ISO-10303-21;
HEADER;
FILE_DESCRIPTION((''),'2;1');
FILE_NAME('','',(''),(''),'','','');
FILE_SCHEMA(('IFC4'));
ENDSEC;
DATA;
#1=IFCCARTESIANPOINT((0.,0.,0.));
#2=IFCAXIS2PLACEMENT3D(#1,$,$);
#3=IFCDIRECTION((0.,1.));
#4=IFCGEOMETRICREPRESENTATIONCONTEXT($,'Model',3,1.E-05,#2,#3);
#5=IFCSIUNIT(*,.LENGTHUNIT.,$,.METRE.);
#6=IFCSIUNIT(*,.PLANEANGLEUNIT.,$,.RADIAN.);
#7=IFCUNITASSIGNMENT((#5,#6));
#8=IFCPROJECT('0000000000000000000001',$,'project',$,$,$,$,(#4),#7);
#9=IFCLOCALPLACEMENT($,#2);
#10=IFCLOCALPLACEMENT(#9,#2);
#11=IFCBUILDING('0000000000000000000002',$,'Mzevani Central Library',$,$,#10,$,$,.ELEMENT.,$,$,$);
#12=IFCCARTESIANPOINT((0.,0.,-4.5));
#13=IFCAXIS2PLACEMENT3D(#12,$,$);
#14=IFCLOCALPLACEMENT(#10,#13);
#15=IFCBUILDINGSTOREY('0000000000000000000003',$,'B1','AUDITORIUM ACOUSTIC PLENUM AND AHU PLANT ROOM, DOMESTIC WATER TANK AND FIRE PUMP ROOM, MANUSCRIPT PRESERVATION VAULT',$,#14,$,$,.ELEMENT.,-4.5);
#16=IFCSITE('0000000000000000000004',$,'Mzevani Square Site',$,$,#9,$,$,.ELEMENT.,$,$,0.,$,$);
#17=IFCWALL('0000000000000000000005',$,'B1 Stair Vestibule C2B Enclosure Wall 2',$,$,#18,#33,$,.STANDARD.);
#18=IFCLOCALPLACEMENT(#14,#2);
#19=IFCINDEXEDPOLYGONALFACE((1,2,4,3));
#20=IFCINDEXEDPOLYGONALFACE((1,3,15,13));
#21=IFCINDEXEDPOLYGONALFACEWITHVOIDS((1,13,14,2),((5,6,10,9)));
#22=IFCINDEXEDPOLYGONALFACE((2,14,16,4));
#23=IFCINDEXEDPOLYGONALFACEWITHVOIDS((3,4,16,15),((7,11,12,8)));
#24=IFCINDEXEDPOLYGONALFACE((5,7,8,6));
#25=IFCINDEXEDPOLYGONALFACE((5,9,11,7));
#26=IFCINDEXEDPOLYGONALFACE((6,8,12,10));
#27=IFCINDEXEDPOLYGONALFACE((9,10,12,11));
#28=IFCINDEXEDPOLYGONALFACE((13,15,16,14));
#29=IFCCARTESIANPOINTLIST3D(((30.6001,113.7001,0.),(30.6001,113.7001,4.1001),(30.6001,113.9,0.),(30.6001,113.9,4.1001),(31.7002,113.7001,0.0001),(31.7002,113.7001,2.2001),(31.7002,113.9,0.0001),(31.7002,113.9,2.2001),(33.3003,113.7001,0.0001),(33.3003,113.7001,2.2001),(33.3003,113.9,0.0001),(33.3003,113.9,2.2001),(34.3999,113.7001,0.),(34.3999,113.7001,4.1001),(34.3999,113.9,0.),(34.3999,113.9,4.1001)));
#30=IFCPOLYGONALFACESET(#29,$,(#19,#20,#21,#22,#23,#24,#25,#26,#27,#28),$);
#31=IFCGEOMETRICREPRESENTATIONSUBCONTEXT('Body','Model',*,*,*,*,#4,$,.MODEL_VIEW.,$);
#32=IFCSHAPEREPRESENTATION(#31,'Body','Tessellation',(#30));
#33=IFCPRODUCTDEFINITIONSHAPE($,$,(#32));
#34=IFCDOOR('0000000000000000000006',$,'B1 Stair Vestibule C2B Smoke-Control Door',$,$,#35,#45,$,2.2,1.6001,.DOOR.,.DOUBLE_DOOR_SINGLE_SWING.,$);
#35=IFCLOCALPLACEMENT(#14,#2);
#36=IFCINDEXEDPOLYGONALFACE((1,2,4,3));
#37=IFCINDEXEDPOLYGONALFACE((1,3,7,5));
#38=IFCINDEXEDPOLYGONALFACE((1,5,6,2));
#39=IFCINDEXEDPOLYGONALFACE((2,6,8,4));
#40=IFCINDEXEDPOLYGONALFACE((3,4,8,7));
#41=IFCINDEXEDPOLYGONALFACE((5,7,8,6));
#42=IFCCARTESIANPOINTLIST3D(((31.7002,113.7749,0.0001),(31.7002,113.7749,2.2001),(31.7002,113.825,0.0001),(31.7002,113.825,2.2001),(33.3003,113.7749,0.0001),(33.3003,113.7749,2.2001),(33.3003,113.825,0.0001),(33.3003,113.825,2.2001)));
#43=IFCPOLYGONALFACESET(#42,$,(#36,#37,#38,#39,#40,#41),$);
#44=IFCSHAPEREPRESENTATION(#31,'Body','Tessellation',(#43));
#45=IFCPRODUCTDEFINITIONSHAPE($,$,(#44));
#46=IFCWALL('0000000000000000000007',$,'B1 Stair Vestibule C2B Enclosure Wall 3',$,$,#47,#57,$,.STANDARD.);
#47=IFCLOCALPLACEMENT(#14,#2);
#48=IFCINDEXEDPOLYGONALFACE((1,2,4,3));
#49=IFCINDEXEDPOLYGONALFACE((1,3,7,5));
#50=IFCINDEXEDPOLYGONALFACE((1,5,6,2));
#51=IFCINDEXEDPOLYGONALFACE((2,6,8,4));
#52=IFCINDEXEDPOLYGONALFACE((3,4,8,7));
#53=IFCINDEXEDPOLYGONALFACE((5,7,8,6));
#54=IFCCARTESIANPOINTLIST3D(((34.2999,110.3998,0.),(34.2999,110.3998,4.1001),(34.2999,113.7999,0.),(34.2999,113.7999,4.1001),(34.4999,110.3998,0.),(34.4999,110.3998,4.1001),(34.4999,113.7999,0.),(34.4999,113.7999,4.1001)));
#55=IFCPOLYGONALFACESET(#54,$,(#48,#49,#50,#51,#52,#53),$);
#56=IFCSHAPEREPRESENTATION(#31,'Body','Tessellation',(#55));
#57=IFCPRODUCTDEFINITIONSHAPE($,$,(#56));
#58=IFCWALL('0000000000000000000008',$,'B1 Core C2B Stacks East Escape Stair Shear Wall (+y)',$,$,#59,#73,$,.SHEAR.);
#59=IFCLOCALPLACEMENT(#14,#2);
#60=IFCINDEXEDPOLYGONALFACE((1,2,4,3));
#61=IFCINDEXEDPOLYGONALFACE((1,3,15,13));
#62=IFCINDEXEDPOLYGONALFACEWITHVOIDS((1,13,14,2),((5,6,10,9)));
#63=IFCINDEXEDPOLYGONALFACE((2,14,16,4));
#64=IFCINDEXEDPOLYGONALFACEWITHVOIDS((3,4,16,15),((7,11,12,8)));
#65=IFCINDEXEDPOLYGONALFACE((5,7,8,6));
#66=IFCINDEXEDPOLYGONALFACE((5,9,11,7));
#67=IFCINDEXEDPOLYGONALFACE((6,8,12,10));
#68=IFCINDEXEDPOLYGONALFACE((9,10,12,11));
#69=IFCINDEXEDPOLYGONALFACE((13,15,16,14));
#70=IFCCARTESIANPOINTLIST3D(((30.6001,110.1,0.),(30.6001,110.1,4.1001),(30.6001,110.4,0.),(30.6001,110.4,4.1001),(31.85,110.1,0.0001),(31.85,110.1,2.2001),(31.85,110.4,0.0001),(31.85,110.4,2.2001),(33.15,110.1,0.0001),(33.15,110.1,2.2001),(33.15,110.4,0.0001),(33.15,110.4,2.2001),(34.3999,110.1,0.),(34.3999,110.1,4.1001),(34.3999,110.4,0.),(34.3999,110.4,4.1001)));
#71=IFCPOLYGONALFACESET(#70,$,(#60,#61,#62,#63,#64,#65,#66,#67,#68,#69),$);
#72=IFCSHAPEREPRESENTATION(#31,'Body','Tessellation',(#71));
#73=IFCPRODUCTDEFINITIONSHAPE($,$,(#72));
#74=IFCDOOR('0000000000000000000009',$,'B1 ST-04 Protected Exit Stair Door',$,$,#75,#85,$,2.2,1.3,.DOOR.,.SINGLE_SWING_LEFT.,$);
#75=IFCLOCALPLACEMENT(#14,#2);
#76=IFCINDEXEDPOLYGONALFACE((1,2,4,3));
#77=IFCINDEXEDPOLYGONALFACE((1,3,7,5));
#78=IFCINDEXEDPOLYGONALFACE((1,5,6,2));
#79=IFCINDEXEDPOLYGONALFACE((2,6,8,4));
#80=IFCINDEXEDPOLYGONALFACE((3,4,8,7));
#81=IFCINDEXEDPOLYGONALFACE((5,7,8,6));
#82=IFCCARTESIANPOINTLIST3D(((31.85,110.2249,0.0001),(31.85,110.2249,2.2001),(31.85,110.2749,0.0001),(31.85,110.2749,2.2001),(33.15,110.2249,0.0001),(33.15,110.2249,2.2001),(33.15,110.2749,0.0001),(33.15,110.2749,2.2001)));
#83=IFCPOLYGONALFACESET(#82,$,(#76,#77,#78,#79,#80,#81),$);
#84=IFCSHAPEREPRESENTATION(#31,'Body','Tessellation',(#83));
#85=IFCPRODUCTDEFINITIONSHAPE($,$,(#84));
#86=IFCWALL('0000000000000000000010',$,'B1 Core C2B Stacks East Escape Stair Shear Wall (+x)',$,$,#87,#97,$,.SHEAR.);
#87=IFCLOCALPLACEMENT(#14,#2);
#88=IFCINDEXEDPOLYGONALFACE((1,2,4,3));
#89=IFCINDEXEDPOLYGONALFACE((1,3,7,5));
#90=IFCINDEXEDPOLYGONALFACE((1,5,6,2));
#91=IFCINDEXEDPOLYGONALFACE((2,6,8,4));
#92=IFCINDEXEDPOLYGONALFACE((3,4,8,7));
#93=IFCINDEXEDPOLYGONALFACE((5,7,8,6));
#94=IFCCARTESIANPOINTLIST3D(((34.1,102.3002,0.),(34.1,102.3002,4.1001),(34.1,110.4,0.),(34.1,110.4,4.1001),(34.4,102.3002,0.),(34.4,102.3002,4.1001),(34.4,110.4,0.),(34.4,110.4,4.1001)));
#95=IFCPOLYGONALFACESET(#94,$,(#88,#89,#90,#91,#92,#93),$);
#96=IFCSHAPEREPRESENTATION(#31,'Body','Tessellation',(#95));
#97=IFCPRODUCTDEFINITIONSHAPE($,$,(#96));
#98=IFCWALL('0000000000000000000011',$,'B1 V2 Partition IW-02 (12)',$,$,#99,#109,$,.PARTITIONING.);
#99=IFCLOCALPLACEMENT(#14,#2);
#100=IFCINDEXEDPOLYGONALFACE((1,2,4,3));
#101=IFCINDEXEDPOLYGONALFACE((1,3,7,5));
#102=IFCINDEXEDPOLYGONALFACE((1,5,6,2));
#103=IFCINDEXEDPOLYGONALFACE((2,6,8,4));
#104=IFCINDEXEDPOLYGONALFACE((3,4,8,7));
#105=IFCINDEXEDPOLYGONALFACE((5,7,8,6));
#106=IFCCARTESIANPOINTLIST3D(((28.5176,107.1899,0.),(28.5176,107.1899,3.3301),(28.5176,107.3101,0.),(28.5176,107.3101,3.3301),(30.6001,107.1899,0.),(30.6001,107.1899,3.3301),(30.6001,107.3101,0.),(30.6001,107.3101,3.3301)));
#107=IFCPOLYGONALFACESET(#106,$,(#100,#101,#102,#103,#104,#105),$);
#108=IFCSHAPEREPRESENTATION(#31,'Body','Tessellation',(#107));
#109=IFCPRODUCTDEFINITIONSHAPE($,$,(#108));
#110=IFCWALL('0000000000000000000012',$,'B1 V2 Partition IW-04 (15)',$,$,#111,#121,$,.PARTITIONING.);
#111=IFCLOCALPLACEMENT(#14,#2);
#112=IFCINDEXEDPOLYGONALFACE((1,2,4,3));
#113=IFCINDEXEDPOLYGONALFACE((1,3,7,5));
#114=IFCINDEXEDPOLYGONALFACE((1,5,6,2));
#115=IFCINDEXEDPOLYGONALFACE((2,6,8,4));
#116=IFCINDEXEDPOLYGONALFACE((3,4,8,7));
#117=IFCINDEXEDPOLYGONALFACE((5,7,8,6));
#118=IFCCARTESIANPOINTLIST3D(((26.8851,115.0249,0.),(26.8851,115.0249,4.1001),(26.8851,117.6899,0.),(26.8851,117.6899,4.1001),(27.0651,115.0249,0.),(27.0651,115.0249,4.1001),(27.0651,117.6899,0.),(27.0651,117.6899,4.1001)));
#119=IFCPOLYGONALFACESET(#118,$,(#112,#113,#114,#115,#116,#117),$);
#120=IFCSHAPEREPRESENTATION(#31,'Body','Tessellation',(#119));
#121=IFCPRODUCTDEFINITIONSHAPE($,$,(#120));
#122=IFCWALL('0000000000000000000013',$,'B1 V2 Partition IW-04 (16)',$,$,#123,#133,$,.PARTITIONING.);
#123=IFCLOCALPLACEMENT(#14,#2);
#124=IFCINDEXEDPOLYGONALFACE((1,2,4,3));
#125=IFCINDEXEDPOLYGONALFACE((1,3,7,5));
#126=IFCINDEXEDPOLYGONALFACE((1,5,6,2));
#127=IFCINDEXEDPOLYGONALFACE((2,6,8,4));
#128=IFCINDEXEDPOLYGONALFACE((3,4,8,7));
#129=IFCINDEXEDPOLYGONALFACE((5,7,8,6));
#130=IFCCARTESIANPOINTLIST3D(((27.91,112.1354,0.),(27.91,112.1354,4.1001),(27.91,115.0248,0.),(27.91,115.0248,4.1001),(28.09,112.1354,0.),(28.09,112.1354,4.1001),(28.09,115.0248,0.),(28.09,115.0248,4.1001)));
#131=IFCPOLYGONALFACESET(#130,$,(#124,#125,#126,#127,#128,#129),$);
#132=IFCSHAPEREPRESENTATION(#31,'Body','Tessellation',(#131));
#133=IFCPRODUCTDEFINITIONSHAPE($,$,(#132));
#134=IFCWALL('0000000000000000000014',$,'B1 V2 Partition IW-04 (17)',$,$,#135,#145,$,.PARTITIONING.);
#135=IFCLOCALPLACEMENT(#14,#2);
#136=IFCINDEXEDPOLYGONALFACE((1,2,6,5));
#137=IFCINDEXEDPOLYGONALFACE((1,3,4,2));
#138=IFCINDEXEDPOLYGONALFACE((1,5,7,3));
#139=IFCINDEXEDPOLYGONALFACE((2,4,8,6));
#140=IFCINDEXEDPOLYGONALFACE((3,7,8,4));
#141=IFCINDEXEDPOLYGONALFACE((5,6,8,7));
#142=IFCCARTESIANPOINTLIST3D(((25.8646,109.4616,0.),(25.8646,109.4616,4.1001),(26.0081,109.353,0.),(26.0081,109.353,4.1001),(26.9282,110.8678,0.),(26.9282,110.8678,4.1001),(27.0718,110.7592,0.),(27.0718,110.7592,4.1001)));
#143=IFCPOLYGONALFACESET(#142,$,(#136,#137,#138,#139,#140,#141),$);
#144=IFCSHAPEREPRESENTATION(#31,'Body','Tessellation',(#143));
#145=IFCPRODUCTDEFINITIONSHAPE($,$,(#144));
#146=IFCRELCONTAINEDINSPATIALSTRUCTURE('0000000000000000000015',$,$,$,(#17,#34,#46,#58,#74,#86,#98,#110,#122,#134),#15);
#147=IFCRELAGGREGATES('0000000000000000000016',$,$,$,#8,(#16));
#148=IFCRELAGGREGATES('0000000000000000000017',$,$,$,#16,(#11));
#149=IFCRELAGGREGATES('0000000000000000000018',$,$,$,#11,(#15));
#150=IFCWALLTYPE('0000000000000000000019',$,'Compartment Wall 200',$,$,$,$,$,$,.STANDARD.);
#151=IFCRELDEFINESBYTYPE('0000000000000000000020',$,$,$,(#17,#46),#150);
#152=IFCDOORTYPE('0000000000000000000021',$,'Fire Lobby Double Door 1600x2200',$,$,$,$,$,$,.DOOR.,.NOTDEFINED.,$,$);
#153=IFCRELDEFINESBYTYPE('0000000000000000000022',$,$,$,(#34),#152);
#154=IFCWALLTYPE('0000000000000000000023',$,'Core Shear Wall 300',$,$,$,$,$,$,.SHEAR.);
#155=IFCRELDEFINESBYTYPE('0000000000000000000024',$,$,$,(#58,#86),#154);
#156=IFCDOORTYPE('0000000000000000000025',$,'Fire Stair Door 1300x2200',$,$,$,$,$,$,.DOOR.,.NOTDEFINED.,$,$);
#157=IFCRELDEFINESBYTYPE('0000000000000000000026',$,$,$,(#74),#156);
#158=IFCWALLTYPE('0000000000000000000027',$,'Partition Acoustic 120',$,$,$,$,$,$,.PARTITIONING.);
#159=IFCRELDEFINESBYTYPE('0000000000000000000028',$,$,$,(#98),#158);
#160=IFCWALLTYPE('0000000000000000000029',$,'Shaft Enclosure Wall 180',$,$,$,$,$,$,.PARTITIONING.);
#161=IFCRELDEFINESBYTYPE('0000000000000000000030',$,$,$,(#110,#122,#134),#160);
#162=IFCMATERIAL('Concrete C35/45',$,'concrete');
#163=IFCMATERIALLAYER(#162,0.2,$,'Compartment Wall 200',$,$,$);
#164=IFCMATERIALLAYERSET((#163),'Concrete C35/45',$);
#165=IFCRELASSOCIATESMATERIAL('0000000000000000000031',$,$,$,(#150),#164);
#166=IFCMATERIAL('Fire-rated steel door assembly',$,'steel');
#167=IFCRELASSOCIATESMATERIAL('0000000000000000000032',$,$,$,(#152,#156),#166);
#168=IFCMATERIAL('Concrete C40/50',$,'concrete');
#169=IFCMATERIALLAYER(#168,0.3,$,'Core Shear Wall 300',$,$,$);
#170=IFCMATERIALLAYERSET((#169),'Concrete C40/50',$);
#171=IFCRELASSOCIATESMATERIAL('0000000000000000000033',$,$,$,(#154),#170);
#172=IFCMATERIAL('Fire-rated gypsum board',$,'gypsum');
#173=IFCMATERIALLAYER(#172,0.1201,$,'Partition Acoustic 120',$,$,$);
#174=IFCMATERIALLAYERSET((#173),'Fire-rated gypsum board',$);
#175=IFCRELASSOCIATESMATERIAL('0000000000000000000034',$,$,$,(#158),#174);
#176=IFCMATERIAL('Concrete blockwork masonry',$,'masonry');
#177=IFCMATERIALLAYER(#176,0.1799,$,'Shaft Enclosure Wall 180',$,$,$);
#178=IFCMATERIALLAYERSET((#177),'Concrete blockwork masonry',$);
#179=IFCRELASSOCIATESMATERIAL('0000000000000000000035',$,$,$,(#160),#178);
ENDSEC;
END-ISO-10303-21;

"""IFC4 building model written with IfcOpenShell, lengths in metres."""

from ifc_helpers import new_model, si_unit, direction, frame, frame_2d, origin, place, context, subcontext, project, spatial, rectangle, extrude, material, layer, layer_set, type_object, element, fill, save


model = new_model("IFC4")

# Units and contexts
model_context = context("Model", 3, precision=1e-05, world=origin(), true_north=direction((0.0, 1.0)))
body_context = subcontext(model_context, "Body", "Model", "MODEL_VIEW")
ifc_project = project(units=[si_unit("LENGTHUNIT", "METRE"), si_unit("PLANEANGLEUNIT", "RADIAN")], contexts=[model_context])

# Site, building, storey
site_placement = place(None, origin())
site = spatial("IfcSite", under=ifc_project, at=site_placement, Name="Mzevani Square Site", CompositionType="ELEMENT", RefElevation=0.0)
building_placement = place(site_placement, origin())
building = spatial("IfcBuilding", under=site, at=building_placement, Name="Mzevani Central Library", CompositionType="ELEMENT")
storey_placement = place(building_placement, frame((0.0, 0.0, -4.5)))
storey = spatial("IfcBuildingStorey", under=building, at=storey_placement, Name="B1", Description="AUDITORIUM ACOUSTIC PLENUM AND AHU PLANT ROOM, DOMESTIC WATER TANK AND FIRE PUMP ROOM, MANUSCRIPT PRESERVATION VAULT", CompositionType="ELEMENT", Elevation=-4.5)

# Shared definitions
ifc_material_1 = material(Name="Concrete C40/50", Category="concrete")

# Shared definitions
ifc_material_2 = material(Name="Fire-rated steel door assembly", Category="steel")

# Shared definitions
ifc_material_3 = material(Name="Concrete C35/45", Category="concrete")
ifc_layer_1 = layer(ifc_material_3, 0.2, Name="Compartment Wall 200")
ifc_layer_set_1 = layer_set([ifc_layer_1], Name="Concrete C35/45")
wall_type_1 = type_object("IfcWallType", Name="Compartment Wall 200", PredefinedType="STANDARD", material=ifc_layer_set_1)

# Wall, opening, door
wall_1_placement = place(storey_placement, frame((30.6001, 113.8, 0.0), z_axis=(0.0, 0.0, 1.0), x_axis=(1.0, 0.0, 0.0)))
wall_1 = element("IfcWall", 1, at=wall_1_placement, inside=storey, type_object=wall_type_1, Name="B1 Stair Vestibule C2B Enclosure Wall 2", PredefinedType="STANDARD", context=body_context, shape_type="SweptSolid", body=[
    extrude(rectangle(XDim=3.7998, YDim=0.2, at=frame_2d((1.8999, 0.0))), origin(), (0.0, 0.0, 1.0), 4.1001),
])
opening_1_placement = place(wall_1_placement, frame((1.1001, 0.0, 0.0)))
opening_1 = element("IfcOpeningElement", 2, at=opening_1_placement, cuts=wall_1, PredefinedType="OPENING", context=body_context, shape_type="SweptSolid", body=[
    extrude(rectangle(XDim=1.6001, YDim=2.2, at=frame_2d((0.8, 1.1001))), frame((0.0, 0.1099, 0.0), z_axis=(0.0, -1.0, 0.0), x_axis=(1.0, 0.0, 0.0)), (0.0, 0.0, 1.0), 0.22),
])
door_type_1 = type_object("IfcDoorType", Name="Fire Lobby Double Door 1600x2200", OperationType="NOTDEFINED", PredefinedType="DOOR", material=ifc_material_2)
door_1_placement = place(opening_1_placement, origin())
door_1 = element("IfcDoor", 3, at=door_1_placement, inside=storey, type_object=door_type_1, Name="B1 Stair Vestibule C2B Smoke-Control Door", OperationType="DOUBLE_DOOR_SINGLE_SWING", OverallHeight=2.2, OverallWidth=1.6001, PredefinedType="DOOR", context=body_context, shape_type="SweptSolid", body=[
    extrude(rectangle(XDim=1.6001, YDim=2.2, at=frame_2d((0.8, 1.1001))), frame((0.0, 0.0249, 0.0), z_axis=(0.0, -1.0, 0.0), x_axis=(1.0, 0.0, 0.0)), (0.0, 0.0, 1.0), 0.05),
])
fill(opening_1, door_1)

# Wall
wall_2_placement = place(storey_placement, frame((34.3999, 113.8, 0.0), z_axis=(0.0, 0.0, 1.0), x_axis=(0.0, -1.0, 0.0)))
element("IfcWall", 4, at=wall_2_placement, inside=storey, type_object=wall_type_1, Name="B1 Stair Vestibule C2B Enclosure Wall 3", PredefinedType="STANDARD", context=body_context, shape_type="SweptSolid", body=[
    extrude(rectangle(XDim=3.4001, YDim=0.2, at=frame_2d((1.7002, 0.0))), origin(), (0.0, 0.0, 1.0), 4.1001),
])

# Wall, opening, door
ifc_layer_2 = layer(ifc_material_1, 0.3, Name="Core Shear Wall 300")
ifc_layer_set_2 = layer_set([ifc_layer_2], Name="Concrete C40/50")
wall_type_2 = type_object("IfcWallType", Name="Core Shear Wall 300", PredefinedType="SHEAR", material=ifc_layer_set_2)
wall_3_placement = place(storey_placement, frame((30.6001, 110.25, 0.0), z_axis=(0.0, 0.0, 1.0), x_axis=(1.0, 0.0, 0.0)))
wall_3 = element("IfcWall", 5, at=wall_3_placement, inside=storey, type_object=wall_type_2, Name="B1 Core C2B Stacks East Escape Stair Shear Wall (+y)", PredefinedType="SHEAR", context=body_context, shape_type="SweptSolid", body=[
    extrude(rectangle(XDim=3.7998, YDim=0.3, at=frame_2d((1.8999, 0.0))), origin(), (0.0, 0.0, 1.0), 4.1001),
])
opening_2_placement = place(wall_3_placement, frame((1.25, 0.0, 0.0)))
opening_2 = element("IfcOpeningElement", 6, at=opening_2_placement, cuts=wall_3, PredefinedType="OPENING", context=body_context, shape_type="SweptSolid", body=[
    extrude(rectangle(XDim=1.3, YDim=2.2, at=frame_2d((0.6499, 1.1001))), frame((0.0, 0.1602, 0.0), z_axis=(0.0, -1.0, 0.0), x_axis=(1.0, 0.0, 0.0)), (0.0, 0.0, 1.0), 0.3201),
])
door_type_2 = type_object("IfcDoorType", Name="Fire Stair Door 1300x2200", OperationType="NOTDEFINED", PredefinedType="DOOR", material=ifc_material_2)
door_2_placement = place(opening_2_placement, origin())
door_2 = element("IfcDoor", 7, at=door_2_placement, inside=storey, type_object=door_type_2, Name="B1 ST-04 Protected Exit Stair Door", OperationType="SINGLE_SWING_LEFT", OverallHeight=2.2, OverallWidth=1.3, PredefinedType="DOOR", context=body_context, shape_type="SweptSolid", body=[
    extrude(rectangle(XDim=1.3, YDim=2.2, at=frame_2d((0.6499, 1.1001))), frame((0.0, 0.0249, 0.0), z_axis=(0.0, -1.0, 0.0), x_axis=(1.0, 0.0, 0.0)), (0.0, 0.0, 1.0), 0.05),
])
fill(opening_2, door_2)

# Walls
wall_4_placement = place(storey_placement, frame((34.25, 110.3999, 0.0), z_axis=(0.0, 0.0, 1.0), x_axis=(0.0, -1.0, 0.0)))
element("IfcWall", 8, at=wall_4_placement, inside=storey, type_object=wall_type_2, Name="B1 Core C2B Stacks East Escape Stair Shear Wall (+x)", PredefinedType="SHEAR", context=body_context, shape_type="SweptSolid", body=[
    extrude(rectangle(XDim=8.0999, YDim=0.3, at=frame_2d((4.0498, 0.0))), origin(), (0.0, 0.0, 1.0), 4.1001),
])
ifc_material_4 = material(Name="Fire-rated gypsum board", Category="gypsum")
ifc_layer_3 = layer(ifc_material_4, 0.1201, Name="Partition Acoustic 120")
ifc_layer_set_3 = layer_set([ifc_layer_3], Name="Fire-rated gypsum board")
wall_type_3 = type_object("IfcWallType", Name="Partition Acoustic 120", PredefinedType="PARTITIONING", material=ifc_layer_set_3)
wall_5_placement = place(storey_placement, frame((28.5176, 107.25, 0.0), z_axis=(0.0, 0.0, 1.0), x_axis=(1.0, 0.0, 0.0)))
element("IfcWall", 9, at=wall_5_placement, inside=storey, type_object=wall_type_3, Name="B1 V2 Partition IW-02 (12)", PredefinedType="PARTITIONING", context=body_context, shape_type="SweptSolid", body=[
    extrude(rectangle(XDim=2.0825, YDim=0.1201, at=frame_2d((1.0413, 0.0))), origin(), (0.0, 0.0, 1.0), 3.3301),
])
ifc_material_5 = material(Name="Concrete blockwork masonry", Category="masonry")
ifc_layer_4 = layer(ifc_material_5, 0.1799, Name="Shaft Enclosure Wall 180")
ifc_layer_set_4 = layer_set([ifc_layer_4], Name="Concrete blockwork masonry")
wall_type_4 = type_object("IfcWallType", Name="Shaft Enclosure Wall 180", PredefinedType="PARTITIONING", material=ifc_layer_set_4)
wall_6_placement = place(storey_placement, frame((26.9751, 117.6899, 0.0), z_axis=(0.0, 0.0, 1.0), x_axis=(0.0, -1.0, 0.0)))
element("IfcWall", 10, at=wall_6_placement, inside=storey, type_object=wall_type_4, Name="B1 V2 Partition IW-04 (15)", PredefinedType="PARTITIONING", context=body_context, shape_type="SweptSolid", body=[
    extrude(rectangle(XDim=2.665, YDim=0.1799, at=frame_2d((1.3325, 0.0))), origin(), (0.0, 0.0, 1.0), 4.1001),
])
wall_7_placement = place(storey_placement, frame((28.0, 115.0249, 0.0), z_axis=(0.0, 0.0, 1.0), x_axis=(0.0, -1.0, 0.0)))
element("IfcWall", 11, at=wall_7_placement, inside=storey, type_object=wall_type_4, Name="B1 V2 Partition IW-04 (16)", PredefinedType="PARTITIONING", context=body_context, shape_type="SweptSolid", body=[
    extrude(rectangle(XDim=2.8894, YDim=0.1799, at=frame_2d((1.4448, 0.0))), origin(), (0.0, 0.0, 1.0), 4.1001),
])
wall_8_placement = place(storey_placement, frame((27.0, 110.8135, 0.0), z_axis=(0.0, 0.0, 1.0), x_axis=(-0.603274, -0.797534, 0.0)))
element("IfcWall", 12, at=wall_8_placement, inside=storey, type_object=wall_type_4, Name="B1 V2 Partition IW-04 (17)", PredefinedType="PARTITIONING", context=body_context, shape_type="SweptSolid", body=[
    extrude(rectangle(XDim=1.7632, YDim=0.1799, at=frame_2d((0.8816, 0.0))), origin(), (0.0, 0.0, 1.0), 4.1001),
])

save(model, "model.ifc")
